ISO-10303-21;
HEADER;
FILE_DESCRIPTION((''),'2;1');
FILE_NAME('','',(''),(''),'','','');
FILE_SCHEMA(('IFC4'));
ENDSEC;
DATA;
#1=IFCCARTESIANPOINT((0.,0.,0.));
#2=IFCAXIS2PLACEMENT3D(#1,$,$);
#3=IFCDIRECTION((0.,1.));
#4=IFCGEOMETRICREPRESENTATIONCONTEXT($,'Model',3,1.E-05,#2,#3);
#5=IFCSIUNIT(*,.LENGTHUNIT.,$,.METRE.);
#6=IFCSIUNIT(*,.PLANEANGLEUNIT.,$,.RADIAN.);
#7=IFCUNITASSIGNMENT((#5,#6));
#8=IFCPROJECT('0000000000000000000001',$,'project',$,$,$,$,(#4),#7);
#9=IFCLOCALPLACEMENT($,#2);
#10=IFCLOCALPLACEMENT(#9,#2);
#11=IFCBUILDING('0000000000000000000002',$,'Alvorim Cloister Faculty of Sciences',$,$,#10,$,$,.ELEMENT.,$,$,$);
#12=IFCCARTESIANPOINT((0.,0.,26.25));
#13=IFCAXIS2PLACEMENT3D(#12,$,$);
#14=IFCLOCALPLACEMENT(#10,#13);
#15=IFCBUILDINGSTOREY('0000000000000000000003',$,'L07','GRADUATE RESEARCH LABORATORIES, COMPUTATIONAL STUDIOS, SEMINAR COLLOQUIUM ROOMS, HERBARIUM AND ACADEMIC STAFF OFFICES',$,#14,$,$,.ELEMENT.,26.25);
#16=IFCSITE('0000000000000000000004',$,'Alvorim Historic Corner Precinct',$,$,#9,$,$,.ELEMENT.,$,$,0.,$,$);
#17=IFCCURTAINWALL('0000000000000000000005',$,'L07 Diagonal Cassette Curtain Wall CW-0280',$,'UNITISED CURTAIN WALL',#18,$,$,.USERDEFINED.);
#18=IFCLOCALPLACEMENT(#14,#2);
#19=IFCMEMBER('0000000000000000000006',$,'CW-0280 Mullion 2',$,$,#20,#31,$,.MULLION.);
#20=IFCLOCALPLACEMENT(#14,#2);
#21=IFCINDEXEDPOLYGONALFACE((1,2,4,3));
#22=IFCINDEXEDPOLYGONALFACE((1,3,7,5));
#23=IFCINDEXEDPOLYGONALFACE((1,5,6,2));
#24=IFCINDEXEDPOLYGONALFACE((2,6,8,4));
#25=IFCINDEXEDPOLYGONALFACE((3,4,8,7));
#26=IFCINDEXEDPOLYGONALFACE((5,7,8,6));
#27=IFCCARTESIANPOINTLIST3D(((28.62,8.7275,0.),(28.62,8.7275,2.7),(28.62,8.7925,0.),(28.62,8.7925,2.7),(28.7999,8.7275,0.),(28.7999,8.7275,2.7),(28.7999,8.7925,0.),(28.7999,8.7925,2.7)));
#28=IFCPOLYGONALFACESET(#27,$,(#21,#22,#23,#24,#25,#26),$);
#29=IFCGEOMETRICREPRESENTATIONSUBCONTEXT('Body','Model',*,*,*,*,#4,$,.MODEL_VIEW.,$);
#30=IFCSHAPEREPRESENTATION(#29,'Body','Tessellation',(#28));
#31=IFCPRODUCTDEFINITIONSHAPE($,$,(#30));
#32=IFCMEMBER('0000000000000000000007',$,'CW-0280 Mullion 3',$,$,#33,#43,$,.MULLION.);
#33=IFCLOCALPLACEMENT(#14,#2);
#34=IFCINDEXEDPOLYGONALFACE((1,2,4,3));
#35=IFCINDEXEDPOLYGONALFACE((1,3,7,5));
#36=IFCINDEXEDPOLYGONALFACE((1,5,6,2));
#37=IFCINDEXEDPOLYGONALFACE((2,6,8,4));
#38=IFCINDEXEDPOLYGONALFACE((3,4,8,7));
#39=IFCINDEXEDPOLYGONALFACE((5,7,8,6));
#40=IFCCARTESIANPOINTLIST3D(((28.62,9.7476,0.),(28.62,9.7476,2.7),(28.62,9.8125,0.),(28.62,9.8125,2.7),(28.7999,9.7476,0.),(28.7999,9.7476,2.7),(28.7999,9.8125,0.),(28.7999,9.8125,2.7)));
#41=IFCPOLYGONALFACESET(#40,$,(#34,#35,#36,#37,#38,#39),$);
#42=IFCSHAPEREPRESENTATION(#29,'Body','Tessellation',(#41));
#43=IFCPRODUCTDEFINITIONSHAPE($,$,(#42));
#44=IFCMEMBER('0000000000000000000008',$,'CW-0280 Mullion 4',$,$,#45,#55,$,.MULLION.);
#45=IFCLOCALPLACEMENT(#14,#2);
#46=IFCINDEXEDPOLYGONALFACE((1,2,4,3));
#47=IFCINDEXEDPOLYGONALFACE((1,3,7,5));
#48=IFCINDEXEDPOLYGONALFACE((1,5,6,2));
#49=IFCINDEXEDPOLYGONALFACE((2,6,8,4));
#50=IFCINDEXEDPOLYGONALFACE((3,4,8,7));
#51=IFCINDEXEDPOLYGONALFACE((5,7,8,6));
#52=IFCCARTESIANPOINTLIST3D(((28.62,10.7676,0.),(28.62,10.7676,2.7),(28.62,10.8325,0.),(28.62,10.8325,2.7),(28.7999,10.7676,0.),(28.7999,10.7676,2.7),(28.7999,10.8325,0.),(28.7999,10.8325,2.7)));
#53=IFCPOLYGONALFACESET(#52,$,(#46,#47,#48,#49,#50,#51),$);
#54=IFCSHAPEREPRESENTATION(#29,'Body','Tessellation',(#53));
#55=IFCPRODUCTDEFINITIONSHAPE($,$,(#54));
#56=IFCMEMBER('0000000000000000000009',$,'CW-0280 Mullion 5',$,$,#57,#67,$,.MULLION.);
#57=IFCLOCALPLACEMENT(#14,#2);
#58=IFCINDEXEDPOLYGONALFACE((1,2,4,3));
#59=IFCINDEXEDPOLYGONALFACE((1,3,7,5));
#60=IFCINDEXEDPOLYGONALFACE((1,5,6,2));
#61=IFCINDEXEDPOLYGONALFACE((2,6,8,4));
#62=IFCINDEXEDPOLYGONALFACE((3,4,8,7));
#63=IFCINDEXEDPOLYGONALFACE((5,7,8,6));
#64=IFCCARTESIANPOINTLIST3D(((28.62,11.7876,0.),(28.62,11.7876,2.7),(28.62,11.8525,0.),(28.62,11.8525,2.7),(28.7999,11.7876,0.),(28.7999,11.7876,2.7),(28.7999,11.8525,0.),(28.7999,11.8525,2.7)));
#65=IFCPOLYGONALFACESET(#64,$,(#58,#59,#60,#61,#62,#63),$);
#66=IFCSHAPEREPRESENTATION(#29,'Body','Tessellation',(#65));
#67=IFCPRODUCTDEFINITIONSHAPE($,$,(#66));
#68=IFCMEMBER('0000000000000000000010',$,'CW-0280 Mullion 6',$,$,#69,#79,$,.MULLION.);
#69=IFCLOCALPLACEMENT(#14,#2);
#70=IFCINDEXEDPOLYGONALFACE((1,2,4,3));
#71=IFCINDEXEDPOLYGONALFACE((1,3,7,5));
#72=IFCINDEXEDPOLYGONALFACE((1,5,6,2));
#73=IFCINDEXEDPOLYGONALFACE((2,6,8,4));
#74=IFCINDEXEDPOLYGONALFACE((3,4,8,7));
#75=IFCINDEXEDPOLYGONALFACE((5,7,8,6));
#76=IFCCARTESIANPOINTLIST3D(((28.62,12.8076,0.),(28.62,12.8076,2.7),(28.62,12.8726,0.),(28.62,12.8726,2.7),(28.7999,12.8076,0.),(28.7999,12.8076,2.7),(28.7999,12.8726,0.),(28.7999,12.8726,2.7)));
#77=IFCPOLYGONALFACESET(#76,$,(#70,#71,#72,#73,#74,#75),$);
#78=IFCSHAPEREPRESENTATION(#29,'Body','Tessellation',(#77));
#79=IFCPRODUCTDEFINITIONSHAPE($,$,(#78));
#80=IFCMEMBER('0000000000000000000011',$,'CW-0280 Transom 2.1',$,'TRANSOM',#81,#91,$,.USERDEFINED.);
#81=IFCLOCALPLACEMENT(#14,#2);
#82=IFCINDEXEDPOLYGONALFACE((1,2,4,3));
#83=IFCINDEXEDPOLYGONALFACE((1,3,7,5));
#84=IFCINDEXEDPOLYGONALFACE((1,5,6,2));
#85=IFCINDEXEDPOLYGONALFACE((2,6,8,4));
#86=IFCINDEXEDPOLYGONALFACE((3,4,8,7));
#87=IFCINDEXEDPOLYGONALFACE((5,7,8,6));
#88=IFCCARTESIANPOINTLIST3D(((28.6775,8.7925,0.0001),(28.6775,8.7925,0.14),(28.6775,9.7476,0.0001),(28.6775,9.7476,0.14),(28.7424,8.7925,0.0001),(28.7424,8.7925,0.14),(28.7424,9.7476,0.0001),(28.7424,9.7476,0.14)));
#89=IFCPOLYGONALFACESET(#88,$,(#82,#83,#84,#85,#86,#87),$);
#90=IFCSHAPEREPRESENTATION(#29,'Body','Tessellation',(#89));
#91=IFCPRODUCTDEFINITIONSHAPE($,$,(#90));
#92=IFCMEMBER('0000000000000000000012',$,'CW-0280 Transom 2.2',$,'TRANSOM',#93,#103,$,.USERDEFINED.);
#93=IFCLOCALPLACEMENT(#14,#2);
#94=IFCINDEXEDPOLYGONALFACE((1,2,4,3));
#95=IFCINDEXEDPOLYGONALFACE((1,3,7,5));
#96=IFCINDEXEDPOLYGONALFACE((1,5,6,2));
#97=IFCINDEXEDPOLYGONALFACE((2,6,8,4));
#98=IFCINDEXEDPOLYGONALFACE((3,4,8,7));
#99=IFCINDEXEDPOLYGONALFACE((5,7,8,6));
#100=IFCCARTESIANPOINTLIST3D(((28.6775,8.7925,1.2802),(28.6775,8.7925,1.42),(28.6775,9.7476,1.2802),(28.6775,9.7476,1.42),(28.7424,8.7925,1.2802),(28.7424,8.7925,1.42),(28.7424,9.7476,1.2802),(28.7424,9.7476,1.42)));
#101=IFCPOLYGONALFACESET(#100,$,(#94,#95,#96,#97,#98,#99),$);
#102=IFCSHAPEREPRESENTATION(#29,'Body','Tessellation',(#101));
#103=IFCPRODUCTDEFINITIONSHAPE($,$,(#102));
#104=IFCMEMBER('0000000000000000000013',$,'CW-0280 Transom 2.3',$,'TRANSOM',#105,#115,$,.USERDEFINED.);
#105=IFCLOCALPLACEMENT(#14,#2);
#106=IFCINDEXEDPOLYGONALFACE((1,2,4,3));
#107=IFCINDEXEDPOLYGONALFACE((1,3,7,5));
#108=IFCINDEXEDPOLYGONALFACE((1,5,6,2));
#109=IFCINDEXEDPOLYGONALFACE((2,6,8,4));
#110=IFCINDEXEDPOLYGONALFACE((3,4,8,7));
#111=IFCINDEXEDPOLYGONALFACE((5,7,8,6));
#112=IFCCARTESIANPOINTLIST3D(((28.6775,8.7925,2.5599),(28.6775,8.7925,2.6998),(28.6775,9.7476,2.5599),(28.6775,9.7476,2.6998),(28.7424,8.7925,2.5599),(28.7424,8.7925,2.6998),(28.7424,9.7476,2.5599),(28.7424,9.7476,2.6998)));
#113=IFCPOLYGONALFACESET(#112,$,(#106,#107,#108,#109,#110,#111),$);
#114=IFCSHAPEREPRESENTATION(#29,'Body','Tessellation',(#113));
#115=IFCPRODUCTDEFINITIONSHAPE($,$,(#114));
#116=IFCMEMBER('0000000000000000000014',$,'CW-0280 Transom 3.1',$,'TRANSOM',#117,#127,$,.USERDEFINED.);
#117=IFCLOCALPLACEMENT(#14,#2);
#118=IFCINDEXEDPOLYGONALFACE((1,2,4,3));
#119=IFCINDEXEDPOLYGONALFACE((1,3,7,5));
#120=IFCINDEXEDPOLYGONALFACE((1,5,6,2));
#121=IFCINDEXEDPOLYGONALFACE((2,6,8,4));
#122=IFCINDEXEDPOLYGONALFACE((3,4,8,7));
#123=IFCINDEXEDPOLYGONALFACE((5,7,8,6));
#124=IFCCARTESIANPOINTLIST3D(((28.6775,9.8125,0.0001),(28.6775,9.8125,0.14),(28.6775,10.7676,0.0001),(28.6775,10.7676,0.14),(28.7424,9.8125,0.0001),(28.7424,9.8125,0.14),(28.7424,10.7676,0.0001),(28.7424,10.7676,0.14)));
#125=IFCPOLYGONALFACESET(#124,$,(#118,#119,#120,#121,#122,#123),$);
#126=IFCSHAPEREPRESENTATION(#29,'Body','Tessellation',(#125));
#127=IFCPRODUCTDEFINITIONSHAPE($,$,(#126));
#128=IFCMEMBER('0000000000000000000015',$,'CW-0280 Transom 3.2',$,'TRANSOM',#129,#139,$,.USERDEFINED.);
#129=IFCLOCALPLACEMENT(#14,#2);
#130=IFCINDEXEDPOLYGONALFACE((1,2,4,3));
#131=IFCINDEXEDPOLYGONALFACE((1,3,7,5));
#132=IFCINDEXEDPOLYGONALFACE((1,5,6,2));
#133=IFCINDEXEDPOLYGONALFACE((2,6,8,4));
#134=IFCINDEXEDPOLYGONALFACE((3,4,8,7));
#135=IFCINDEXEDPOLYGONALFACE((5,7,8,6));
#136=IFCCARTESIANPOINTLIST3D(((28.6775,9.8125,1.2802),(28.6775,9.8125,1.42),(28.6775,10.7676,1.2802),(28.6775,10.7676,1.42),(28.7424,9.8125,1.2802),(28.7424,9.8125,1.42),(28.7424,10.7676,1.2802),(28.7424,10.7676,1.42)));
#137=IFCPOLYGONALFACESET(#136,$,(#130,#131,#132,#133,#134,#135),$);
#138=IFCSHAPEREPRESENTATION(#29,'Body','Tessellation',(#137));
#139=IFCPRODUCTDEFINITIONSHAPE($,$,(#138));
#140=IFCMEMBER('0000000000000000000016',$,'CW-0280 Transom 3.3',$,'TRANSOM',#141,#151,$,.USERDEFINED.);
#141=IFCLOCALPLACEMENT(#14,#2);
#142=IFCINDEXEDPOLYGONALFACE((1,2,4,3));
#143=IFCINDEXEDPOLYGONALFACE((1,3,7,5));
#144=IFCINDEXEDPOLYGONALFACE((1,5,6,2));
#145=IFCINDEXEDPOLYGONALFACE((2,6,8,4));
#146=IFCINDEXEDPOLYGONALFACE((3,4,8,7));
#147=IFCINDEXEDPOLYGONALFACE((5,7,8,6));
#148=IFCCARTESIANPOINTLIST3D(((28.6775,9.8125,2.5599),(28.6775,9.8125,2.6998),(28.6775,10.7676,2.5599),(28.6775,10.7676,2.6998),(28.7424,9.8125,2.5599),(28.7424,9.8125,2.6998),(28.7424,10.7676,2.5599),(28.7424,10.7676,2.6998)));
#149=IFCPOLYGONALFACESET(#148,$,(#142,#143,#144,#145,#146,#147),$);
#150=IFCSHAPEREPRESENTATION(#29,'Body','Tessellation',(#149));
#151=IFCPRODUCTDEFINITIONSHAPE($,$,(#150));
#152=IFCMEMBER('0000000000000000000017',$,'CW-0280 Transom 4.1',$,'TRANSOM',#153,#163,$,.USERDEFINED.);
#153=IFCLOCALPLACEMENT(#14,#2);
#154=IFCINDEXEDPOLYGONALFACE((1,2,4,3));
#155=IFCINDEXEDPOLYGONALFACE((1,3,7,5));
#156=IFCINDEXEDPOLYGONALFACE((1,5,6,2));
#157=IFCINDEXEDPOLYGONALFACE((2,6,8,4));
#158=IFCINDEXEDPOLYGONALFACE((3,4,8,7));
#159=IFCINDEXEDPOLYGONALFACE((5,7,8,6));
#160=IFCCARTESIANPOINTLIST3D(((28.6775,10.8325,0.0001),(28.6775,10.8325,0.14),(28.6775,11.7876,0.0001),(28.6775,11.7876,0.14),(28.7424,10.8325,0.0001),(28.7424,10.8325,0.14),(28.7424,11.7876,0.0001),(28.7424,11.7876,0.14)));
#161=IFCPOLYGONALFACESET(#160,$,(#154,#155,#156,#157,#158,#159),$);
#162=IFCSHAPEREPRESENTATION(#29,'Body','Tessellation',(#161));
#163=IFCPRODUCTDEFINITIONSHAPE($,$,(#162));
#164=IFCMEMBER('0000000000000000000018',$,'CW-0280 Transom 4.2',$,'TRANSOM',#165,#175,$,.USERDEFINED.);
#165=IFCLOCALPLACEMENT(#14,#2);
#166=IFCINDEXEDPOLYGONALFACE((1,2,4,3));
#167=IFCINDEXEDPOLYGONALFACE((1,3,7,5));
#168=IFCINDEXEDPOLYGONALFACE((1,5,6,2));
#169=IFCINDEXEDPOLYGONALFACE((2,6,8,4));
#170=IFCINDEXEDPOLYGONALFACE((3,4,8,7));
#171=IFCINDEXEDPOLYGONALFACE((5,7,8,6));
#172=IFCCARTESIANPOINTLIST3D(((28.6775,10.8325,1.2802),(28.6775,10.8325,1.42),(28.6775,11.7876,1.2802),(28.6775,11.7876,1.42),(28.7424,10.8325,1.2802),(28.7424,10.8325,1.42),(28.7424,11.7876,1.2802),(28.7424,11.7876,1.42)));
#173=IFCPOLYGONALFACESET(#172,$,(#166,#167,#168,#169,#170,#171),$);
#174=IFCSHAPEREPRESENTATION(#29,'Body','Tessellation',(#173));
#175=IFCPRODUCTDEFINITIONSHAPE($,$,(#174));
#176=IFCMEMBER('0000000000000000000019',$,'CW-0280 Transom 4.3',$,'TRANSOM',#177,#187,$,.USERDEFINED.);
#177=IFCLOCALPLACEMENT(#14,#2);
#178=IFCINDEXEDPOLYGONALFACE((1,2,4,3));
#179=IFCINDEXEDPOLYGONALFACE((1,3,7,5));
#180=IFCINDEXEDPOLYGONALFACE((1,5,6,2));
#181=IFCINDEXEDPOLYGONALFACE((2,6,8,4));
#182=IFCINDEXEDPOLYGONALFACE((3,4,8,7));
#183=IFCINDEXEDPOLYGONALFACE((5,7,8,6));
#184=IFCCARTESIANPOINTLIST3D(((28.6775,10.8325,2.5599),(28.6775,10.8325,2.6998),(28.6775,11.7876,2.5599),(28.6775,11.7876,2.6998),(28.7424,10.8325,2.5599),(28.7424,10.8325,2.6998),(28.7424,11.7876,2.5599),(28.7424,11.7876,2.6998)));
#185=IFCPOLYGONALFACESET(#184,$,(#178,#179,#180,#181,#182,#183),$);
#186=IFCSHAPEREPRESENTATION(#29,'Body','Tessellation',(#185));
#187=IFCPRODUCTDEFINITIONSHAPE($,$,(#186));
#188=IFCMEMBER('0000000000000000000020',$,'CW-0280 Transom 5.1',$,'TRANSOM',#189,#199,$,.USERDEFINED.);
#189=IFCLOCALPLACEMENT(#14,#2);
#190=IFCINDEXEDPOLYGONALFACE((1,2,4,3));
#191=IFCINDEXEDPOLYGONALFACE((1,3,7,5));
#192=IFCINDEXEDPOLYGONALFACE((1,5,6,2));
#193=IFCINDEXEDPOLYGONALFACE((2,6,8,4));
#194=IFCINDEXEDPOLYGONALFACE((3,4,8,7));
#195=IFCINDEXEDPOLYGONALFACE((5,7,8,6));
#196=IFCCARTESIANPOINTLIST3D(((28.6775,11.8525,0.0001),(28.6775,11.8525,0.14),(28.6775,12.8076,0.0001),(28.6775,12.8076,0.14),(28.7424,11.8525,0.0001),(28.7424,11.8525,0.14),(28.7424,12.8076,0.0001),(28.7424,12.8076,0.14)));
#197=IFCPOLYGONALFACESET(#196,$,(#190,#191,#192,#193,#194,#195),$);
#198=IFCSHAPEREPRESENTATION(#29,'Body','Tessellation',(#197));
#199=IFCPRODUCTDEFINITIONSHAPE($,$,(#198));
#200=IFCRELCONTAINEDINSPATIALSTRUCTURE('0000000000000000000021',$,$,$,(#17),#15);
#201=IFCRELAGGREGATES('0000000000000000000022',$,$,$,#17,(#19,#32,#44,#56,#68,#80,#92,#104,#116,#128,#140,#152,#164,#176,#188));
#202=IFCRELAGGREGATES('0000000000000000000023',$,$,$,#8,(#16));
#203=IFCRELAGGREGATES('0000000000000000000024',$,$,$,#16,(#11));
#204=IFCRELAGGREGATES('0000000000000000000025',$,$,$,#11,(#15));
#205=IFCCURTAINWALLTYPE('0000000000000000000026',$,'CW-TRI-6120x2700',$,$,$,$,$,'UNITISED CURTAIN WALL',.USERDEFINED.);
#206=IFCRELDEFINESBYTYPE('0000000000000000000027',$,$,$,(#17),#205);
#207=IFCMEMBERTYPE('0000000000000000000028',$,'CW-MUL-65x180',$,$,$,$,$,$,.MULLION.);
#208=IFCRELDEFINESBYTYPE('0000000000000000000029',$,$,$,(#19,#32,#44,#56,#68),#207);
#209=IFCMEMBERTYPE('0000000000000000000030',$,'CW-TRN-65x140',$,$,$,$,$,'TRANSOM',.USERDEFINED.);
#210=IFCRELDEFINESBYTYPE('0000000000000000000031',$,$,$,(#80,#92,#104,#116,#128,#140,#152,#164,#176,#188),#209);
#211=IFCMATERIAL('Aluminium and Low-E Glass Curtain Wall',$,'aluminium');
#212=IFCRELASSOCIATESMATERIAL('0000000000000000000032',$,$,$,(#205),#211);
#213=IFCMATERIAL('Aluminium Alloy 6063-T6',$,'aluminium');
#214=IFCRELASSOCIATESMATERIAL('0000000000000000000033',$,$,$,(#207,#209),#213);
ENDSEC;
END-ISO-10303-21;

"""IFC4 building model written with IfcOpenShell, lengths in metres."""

from ifc_helpers import new_model, si_unit, direction, frame, origin, origin_2d, place, context, subcontext, project, spatial, rectangle, extrude, material, material_profile, profile_set, type_object, element, aggregate, save


model = new_model("IFC4")

# Units and contexts
model_context = context("Model", 3, precision=1e-05, world=origin(), true_north=direction((0.0, 1.0)))
body_context = subcontext(model_context, "Body", "Model", "MODEL_VIEW")
ifc_project = project(units=[si_unit("LENGTHUNIT", "METRE"), si_unit("PLANEANGLEUNIT", "RADIAN")], contexts=[model_context])

# Site, building, storey
site_placement = place(None, origin())
site = spatial("IfcSite", under=ifc_project, at=site_placement, Name="Alvorim Historic Corner Precinct", CompositionType="ELEMENT", RefElevation=0.0)
building_placement = place(site_placement, origin())
building = spatial("IfcBuilding", under=site, at=building_placement, Name="Alvorim Cloister Faculty of Sciences", CompositionType="ELEMENT")
storey_placement = place(building_placement, frame((0.0, 0.0, 26.25)))
storey = spatial("IfcBuildingStorey", under=building, at=storey_placement, Name="L07", Description="GRADUATE RESEARCH LABORATORIES, COMPUTATIONAL STUDIOS, SEMINAR COLLOQUIUM ROOMS, HERBARIUM AND ACADEMIC STAFF OFFICES", CompositionType="ELEMENT", Elevation=26.25)

# Curtain wall, members
ifc_material_1 = material(Name="Aluminium and Low-E Glass Curtain Wall", Category="aluminium")
curtain_wall_type = type_object("IfcCurtainWallType", Name="CW-TRI-6120x2700", ElementType="UNITISED CURTAIN WALL", PredefinedType="USERDEFINED", material=ifc_material_1)
curtain_wall_placement = place(storey_placement, origin())
curtain_wall = element("IfcCurtainWall", 1, at=curtain_wall_placement, inside=storey, type_object=curtain_wall_type, Name="L07 Diagonal Cassette Curtain Wall CW-0280", ObjectType="UNITISED CURTAIN WALL", PredefinedType="USERDEFINED")
ifc_material_2 = material(Name="Aluminium Alloy 6063-T6", Category="aluminium")
ifc_material_profile_1 = material_profile(ifc_material_2, rectangle(XDim=0.0649, YDim=0.1799, at=origin_2d()), Name="ALU-MUL-65x180")
ifc_profile_set_1 = profile_set([ifc_material_profile_1], Name="Aluminium Alloy 6063-T6")
member_type_1 = type_object("IfcMemberType", Name="CW-MUL-65x180", PredefinedType="MULLION", material=ifc_profile_set_1)
member_1_placement = place(storey_placement, frame((28.71, 8.76, 0.0), z_axis=(0.0, 0.0, 1.0), x_axis=(0.0, 1.0, 0.0)))
member_1 = element("IfcMember", 2, at=member_1_placement, type_object=member_type_1, Name="CW-0280 Mullion 2", PredefinedType="MULLION", context=body_context, shape_type="SweptSolid", body=[
    extrude(rectangle(XDim=0.0649, YDim=0.1799, at=origin_2d()), origin(), (0.0, 0.0, 1.0), 2.7),
])
member_2_placement = place(storey_placement, frame((28.71, 9.78, 0.0), z_axis=(0.0, 0.0, 1.0), x_axis=(0.0, 1.0, 0.0)))
member_2 = element("IfcMember", 3, at=member_2_placement, type_object=member_type_1, Name="CW-0280 Mullion 3", PredefinedType="MULLION", context=body_context, shape_type="SweptSolid", body=[
    extrude(rectangle(XDim=0.0649, YDim=0.1799, at=origin_2d()), origin(), (0.0, 0.0, 1.0), 2.7),
])
member_3_placement = place(storey_placement, frame((28.71, 10.8, 0.0), z_axis=(0.0, 0.0, 1.0), x_axis=(0.0, 1.0, 0.0)))
member_3 = element("IfcMember", 4, at=member_3_placement, type_object=member_type_1, Name="CW-0280 Mullion 4", PredefinedType="MULLION", context=body_context, shape_type="SweptSolid", body=[
    extrude(rectangle(XDim=0.0649, YDim=0.1799, at=origin_2d()), origin(), (0.0, 0.0, 1.0), 2.7),
])
member_4_placement = place(storey_placement, frame((28.71, 11.8201, 0.0), z_axis=(0.0, 0.0, 1.0), x_axis=(0.0, 1.0, 0.0)))
member_4 = element("IfcMember", 5, at=member_4_placement, type_object=member_type_1, Name="CW-0280 Mullion 5", PredefinedType="MULLION", context=body_context, shape_type="SweptSolid", body=[
    extrude(rectangle(XDim=0.0649, YDim=0.1799, at=origin_2d()), origin(), (0.0, 0.0, 1.0), 2.7),
])
member_5_placement = place(storey_placement, frame((28.71, 12.8401, 0.0), z_axis=(0.0, 0.0, 1.0), x_axis=(0.0, 1.0, 0.0)))
member_5 = element("IfcMember", 6, at=member_5_placement, type_object=member_type_1, Name="CW-0280 Mullion 6", PredefinedType="MULLION", context=body_context, shape_type="SweptSolid", body=[
    extrude(rectangle(XDim=0.0649, YDim=0.1799, at=origin_2d()), origin(), (0.0, 0.0, 1.0), 2.7),
])
ifc_material_profile_2 = material_profile(ifc_material_2, rectangle(XDim=0.0649, YDim=0.1399, at=origin_2d()), Name="ALU-TRN-65x140")
ifc_profile_set_2 = profile_set([ifc_material_profile_2], Name="Aluminium Alloy 6063-T6")
member_type_2 = type_object("IfcMemberType", Name="CW-TRN-65x140", ElementType="TRANSOM", PredefinedType="USERDEFINED", material=ifc_profile_set_2)
member_6_placement = place(storey_placement, frame((28.71, 8.7925, 0.0701), z_axis=(0.0, 1.0, 0.0), x_axis=(-1.0, 0.0, 0.0)))
member_6 = element("IfcMember", 7, at=member_6_placement, type_object=member_type_2, Name="CW-0280 Transom 2.1", ObjectType="TRANSOM", PredefinedType="USERDEFINED", context=body_context, shape_type="SweptSolid", body=[
    extrude(rectangle(XDim=0.0649, YDim=0.1399, at=origin_2d()), origin(), (0.0, 0.0, 1.0), 0.9551),
])
member_7_placement = place(storey_placement, frame((28.71, 8.7925, 1.3501), z_axis=(0.0, 1.0, 0.0), x_axis=(-1.0, 0.0, 0.0)))
member_7 = element("IfcMember", 8, at=member_7_placement, type_object=member_type_2, Name="CW-0280 Transom 2.2", ObjectType="TRANSOM", PredefinedType="USERDEFINED", context=body_context, shape_type="SweptSolid", body=[
    extrude(rectangle(XDim=0.0649, YDim=0.1399, at=origin_2d()), origin(), (0.0, 0.0, 1.0), 0.9551),
])
member_8_placement = place(storey_placement, frame((28.71, 8.7925, 2.6299), z_axis=(0.0, 1.0, 0.0), x_axis=(-1.0, 0.0, 0.0)))
member_8 = element("IfcMember", 9, at=member_8_placement, type_object=member_type_2, Name="CW-0280 Transom 2.3", ObjectType="TRANSOM", PredefinedType="USERDEFINED", context=body_context, shape_type="SweptSolid", body=[
    extrude(rectangle(XDim=0.0649, YDim=0.1399, at=origin_2d()), origin(), (0.0, 0.0, 1.0), 0.9551),
])
member_9_placement = place(storey_placement, frame((28.71, 9.8125, 0.0701), z_axis=(0.0, 1.0, 0.0), x_axis=(-1.0, 0.0, 0.0)))
member_9 = element("IfcMember", 10, at=member_9_placement, type_object=member_type_2, Name="CW-0280 Transom 3.1", ObjectType="TRANSOM", PredefinedType="USERDEFINED", context=body_context, shape_type="SweptSolid", body=[
    extrude(rectangle(XDim=0.0649, YDim=0.1399, at=origin_2d()), origin(), (0.0, 0.0, 1.0), 0.9551),
])
member_10_placement = place(storey_placement, frame((28.71, 9.8125, 1.3501), z_axis=(0.0, 1.0, 0.0), x_axis=(-1.0, 0.0, 0.0)))
member_10 = element("IfcMember", 11, at=member_10_placement, type_object=member_type_2, Name="CW-0280 Transom 3.2", ObjectType="TRANSOM", PredefinedType="USERDEFINED", context=body_context, shape_type="SweptSolid", body=[
    extrude(rectangle(XDim=0.0649, YDim=0.1399, at=origin_2d()), origin(), (0.0, 0.0, 1.0), 0.9551),
])
member_11_placement = place(storey_placement, frame((28.71, 9.8125, 2.6299), z_axis=(0.0, 1.0, 0.0), x_axis=(-1.0, 0.0, 0.0)))
member_11 = element("IfcMember", 12, at=member_11_placement, type_object=member_type_2, Name="CW-0280 Transom 3.3", ObjectType="TRANSOM", PredefinedType="USERDEFINED", context=body_context, shape_type="SweptSolid", body=[
    extrude(rectangle(XDim=0.0649, YDim=0.1399, at=origin_2d()), origin(), (0.0, 0.0, 1.0), 0.9551),
])
member_12_placement = place(storey_placement, frame((28.71, 10.8325, 0.0701), z_axis=(0.0, 1.0, 0.0), x_axis=(-1.0, 0.0, 0.0)))
member_12 = element("IfcMember", 13, at=member_12_placement, type_object=member_type_2, Name="CW-0280 Transom 4.1", ObjectType="TRANSOM", PredefinedType="USERDEFINED", context=body_context, shape_type="SweptSolid", body=[
    extrude(rectangle(XDim=0.0649, YDim=0.1399, at=origin_2d()), origin(), (0.0, 0.0, 1.0), 0.9551),
])
member_13_placement = place(storey_placement, frame((28.71, 10.8325, 1.3501), z_axis=(0.0, 1.0, 0.0), x_axis=(-1.0, 0.0, 0.0)))
member_13 = element("IfcMember", 14, at=member_13_placement, type_object=member_type_2, Name="CW-0280 Transom 4.2", ObjectType="TRANSOM", PredefinedType="USERDEFINED", context=body_context, shape_type="SweptSolid", body=[
    extrude(rectangle(XDim=0.0649, YDim=0.1399, at=origin_2d()), origin(), (0.0, 0.0, 1.0), 0.9551),
])
member_14_placement = place(storey_placement, frame((28.71, 10.8325, 2.6299), z_axis=(0.0, 1.0, 0.0), x_axis=(-1.0, 0.0, 0.0)))
member_14 = element("IfcMember", 15, at=member_14_placement, type_object=member_type_2, Name="CW-0280 Transom 4.3", ObjectType="TRANSOM", PredefinedType="USERDEFINED", context=body_context, shape_type="SweptSolid", body=[
    extrude(rectangle(XDim=0.0649, YDim=0.1399, at=origin_2d()), origin(), (0.0, 0.0, 1.0), 0.9551),
])
member_15_placement = place(storey_placement, frame((28.71, 11.8525, 0.0701), z_axis=(0.0, 1.0, 0.0), x_axis=(-1.0, 0.0, 0.0)))
member_15 = element("IfcMember", 16, at=member_15_placement, type_object=member_type_2, Name="CW-0280 Transom 5.1", ObjectType="TRANSOM", PredefinedType="USERDEFINED", context=body_context, shape_type="SweptSolid", body=[
    extrude(rectangle(XDim=0.0649, YDim=0.1399, at=origin_2d()), origin(), (0.0, 0.0, 1.0), 0.9551),
])
aggregate(curtain_wall, [member_1, member_2, member_3, member_4, member_5, member_6, member_7, member_8, member_9, member_10, member_11, member_12, member_13, member_14, member_15])

save(model, "model.ifc")
